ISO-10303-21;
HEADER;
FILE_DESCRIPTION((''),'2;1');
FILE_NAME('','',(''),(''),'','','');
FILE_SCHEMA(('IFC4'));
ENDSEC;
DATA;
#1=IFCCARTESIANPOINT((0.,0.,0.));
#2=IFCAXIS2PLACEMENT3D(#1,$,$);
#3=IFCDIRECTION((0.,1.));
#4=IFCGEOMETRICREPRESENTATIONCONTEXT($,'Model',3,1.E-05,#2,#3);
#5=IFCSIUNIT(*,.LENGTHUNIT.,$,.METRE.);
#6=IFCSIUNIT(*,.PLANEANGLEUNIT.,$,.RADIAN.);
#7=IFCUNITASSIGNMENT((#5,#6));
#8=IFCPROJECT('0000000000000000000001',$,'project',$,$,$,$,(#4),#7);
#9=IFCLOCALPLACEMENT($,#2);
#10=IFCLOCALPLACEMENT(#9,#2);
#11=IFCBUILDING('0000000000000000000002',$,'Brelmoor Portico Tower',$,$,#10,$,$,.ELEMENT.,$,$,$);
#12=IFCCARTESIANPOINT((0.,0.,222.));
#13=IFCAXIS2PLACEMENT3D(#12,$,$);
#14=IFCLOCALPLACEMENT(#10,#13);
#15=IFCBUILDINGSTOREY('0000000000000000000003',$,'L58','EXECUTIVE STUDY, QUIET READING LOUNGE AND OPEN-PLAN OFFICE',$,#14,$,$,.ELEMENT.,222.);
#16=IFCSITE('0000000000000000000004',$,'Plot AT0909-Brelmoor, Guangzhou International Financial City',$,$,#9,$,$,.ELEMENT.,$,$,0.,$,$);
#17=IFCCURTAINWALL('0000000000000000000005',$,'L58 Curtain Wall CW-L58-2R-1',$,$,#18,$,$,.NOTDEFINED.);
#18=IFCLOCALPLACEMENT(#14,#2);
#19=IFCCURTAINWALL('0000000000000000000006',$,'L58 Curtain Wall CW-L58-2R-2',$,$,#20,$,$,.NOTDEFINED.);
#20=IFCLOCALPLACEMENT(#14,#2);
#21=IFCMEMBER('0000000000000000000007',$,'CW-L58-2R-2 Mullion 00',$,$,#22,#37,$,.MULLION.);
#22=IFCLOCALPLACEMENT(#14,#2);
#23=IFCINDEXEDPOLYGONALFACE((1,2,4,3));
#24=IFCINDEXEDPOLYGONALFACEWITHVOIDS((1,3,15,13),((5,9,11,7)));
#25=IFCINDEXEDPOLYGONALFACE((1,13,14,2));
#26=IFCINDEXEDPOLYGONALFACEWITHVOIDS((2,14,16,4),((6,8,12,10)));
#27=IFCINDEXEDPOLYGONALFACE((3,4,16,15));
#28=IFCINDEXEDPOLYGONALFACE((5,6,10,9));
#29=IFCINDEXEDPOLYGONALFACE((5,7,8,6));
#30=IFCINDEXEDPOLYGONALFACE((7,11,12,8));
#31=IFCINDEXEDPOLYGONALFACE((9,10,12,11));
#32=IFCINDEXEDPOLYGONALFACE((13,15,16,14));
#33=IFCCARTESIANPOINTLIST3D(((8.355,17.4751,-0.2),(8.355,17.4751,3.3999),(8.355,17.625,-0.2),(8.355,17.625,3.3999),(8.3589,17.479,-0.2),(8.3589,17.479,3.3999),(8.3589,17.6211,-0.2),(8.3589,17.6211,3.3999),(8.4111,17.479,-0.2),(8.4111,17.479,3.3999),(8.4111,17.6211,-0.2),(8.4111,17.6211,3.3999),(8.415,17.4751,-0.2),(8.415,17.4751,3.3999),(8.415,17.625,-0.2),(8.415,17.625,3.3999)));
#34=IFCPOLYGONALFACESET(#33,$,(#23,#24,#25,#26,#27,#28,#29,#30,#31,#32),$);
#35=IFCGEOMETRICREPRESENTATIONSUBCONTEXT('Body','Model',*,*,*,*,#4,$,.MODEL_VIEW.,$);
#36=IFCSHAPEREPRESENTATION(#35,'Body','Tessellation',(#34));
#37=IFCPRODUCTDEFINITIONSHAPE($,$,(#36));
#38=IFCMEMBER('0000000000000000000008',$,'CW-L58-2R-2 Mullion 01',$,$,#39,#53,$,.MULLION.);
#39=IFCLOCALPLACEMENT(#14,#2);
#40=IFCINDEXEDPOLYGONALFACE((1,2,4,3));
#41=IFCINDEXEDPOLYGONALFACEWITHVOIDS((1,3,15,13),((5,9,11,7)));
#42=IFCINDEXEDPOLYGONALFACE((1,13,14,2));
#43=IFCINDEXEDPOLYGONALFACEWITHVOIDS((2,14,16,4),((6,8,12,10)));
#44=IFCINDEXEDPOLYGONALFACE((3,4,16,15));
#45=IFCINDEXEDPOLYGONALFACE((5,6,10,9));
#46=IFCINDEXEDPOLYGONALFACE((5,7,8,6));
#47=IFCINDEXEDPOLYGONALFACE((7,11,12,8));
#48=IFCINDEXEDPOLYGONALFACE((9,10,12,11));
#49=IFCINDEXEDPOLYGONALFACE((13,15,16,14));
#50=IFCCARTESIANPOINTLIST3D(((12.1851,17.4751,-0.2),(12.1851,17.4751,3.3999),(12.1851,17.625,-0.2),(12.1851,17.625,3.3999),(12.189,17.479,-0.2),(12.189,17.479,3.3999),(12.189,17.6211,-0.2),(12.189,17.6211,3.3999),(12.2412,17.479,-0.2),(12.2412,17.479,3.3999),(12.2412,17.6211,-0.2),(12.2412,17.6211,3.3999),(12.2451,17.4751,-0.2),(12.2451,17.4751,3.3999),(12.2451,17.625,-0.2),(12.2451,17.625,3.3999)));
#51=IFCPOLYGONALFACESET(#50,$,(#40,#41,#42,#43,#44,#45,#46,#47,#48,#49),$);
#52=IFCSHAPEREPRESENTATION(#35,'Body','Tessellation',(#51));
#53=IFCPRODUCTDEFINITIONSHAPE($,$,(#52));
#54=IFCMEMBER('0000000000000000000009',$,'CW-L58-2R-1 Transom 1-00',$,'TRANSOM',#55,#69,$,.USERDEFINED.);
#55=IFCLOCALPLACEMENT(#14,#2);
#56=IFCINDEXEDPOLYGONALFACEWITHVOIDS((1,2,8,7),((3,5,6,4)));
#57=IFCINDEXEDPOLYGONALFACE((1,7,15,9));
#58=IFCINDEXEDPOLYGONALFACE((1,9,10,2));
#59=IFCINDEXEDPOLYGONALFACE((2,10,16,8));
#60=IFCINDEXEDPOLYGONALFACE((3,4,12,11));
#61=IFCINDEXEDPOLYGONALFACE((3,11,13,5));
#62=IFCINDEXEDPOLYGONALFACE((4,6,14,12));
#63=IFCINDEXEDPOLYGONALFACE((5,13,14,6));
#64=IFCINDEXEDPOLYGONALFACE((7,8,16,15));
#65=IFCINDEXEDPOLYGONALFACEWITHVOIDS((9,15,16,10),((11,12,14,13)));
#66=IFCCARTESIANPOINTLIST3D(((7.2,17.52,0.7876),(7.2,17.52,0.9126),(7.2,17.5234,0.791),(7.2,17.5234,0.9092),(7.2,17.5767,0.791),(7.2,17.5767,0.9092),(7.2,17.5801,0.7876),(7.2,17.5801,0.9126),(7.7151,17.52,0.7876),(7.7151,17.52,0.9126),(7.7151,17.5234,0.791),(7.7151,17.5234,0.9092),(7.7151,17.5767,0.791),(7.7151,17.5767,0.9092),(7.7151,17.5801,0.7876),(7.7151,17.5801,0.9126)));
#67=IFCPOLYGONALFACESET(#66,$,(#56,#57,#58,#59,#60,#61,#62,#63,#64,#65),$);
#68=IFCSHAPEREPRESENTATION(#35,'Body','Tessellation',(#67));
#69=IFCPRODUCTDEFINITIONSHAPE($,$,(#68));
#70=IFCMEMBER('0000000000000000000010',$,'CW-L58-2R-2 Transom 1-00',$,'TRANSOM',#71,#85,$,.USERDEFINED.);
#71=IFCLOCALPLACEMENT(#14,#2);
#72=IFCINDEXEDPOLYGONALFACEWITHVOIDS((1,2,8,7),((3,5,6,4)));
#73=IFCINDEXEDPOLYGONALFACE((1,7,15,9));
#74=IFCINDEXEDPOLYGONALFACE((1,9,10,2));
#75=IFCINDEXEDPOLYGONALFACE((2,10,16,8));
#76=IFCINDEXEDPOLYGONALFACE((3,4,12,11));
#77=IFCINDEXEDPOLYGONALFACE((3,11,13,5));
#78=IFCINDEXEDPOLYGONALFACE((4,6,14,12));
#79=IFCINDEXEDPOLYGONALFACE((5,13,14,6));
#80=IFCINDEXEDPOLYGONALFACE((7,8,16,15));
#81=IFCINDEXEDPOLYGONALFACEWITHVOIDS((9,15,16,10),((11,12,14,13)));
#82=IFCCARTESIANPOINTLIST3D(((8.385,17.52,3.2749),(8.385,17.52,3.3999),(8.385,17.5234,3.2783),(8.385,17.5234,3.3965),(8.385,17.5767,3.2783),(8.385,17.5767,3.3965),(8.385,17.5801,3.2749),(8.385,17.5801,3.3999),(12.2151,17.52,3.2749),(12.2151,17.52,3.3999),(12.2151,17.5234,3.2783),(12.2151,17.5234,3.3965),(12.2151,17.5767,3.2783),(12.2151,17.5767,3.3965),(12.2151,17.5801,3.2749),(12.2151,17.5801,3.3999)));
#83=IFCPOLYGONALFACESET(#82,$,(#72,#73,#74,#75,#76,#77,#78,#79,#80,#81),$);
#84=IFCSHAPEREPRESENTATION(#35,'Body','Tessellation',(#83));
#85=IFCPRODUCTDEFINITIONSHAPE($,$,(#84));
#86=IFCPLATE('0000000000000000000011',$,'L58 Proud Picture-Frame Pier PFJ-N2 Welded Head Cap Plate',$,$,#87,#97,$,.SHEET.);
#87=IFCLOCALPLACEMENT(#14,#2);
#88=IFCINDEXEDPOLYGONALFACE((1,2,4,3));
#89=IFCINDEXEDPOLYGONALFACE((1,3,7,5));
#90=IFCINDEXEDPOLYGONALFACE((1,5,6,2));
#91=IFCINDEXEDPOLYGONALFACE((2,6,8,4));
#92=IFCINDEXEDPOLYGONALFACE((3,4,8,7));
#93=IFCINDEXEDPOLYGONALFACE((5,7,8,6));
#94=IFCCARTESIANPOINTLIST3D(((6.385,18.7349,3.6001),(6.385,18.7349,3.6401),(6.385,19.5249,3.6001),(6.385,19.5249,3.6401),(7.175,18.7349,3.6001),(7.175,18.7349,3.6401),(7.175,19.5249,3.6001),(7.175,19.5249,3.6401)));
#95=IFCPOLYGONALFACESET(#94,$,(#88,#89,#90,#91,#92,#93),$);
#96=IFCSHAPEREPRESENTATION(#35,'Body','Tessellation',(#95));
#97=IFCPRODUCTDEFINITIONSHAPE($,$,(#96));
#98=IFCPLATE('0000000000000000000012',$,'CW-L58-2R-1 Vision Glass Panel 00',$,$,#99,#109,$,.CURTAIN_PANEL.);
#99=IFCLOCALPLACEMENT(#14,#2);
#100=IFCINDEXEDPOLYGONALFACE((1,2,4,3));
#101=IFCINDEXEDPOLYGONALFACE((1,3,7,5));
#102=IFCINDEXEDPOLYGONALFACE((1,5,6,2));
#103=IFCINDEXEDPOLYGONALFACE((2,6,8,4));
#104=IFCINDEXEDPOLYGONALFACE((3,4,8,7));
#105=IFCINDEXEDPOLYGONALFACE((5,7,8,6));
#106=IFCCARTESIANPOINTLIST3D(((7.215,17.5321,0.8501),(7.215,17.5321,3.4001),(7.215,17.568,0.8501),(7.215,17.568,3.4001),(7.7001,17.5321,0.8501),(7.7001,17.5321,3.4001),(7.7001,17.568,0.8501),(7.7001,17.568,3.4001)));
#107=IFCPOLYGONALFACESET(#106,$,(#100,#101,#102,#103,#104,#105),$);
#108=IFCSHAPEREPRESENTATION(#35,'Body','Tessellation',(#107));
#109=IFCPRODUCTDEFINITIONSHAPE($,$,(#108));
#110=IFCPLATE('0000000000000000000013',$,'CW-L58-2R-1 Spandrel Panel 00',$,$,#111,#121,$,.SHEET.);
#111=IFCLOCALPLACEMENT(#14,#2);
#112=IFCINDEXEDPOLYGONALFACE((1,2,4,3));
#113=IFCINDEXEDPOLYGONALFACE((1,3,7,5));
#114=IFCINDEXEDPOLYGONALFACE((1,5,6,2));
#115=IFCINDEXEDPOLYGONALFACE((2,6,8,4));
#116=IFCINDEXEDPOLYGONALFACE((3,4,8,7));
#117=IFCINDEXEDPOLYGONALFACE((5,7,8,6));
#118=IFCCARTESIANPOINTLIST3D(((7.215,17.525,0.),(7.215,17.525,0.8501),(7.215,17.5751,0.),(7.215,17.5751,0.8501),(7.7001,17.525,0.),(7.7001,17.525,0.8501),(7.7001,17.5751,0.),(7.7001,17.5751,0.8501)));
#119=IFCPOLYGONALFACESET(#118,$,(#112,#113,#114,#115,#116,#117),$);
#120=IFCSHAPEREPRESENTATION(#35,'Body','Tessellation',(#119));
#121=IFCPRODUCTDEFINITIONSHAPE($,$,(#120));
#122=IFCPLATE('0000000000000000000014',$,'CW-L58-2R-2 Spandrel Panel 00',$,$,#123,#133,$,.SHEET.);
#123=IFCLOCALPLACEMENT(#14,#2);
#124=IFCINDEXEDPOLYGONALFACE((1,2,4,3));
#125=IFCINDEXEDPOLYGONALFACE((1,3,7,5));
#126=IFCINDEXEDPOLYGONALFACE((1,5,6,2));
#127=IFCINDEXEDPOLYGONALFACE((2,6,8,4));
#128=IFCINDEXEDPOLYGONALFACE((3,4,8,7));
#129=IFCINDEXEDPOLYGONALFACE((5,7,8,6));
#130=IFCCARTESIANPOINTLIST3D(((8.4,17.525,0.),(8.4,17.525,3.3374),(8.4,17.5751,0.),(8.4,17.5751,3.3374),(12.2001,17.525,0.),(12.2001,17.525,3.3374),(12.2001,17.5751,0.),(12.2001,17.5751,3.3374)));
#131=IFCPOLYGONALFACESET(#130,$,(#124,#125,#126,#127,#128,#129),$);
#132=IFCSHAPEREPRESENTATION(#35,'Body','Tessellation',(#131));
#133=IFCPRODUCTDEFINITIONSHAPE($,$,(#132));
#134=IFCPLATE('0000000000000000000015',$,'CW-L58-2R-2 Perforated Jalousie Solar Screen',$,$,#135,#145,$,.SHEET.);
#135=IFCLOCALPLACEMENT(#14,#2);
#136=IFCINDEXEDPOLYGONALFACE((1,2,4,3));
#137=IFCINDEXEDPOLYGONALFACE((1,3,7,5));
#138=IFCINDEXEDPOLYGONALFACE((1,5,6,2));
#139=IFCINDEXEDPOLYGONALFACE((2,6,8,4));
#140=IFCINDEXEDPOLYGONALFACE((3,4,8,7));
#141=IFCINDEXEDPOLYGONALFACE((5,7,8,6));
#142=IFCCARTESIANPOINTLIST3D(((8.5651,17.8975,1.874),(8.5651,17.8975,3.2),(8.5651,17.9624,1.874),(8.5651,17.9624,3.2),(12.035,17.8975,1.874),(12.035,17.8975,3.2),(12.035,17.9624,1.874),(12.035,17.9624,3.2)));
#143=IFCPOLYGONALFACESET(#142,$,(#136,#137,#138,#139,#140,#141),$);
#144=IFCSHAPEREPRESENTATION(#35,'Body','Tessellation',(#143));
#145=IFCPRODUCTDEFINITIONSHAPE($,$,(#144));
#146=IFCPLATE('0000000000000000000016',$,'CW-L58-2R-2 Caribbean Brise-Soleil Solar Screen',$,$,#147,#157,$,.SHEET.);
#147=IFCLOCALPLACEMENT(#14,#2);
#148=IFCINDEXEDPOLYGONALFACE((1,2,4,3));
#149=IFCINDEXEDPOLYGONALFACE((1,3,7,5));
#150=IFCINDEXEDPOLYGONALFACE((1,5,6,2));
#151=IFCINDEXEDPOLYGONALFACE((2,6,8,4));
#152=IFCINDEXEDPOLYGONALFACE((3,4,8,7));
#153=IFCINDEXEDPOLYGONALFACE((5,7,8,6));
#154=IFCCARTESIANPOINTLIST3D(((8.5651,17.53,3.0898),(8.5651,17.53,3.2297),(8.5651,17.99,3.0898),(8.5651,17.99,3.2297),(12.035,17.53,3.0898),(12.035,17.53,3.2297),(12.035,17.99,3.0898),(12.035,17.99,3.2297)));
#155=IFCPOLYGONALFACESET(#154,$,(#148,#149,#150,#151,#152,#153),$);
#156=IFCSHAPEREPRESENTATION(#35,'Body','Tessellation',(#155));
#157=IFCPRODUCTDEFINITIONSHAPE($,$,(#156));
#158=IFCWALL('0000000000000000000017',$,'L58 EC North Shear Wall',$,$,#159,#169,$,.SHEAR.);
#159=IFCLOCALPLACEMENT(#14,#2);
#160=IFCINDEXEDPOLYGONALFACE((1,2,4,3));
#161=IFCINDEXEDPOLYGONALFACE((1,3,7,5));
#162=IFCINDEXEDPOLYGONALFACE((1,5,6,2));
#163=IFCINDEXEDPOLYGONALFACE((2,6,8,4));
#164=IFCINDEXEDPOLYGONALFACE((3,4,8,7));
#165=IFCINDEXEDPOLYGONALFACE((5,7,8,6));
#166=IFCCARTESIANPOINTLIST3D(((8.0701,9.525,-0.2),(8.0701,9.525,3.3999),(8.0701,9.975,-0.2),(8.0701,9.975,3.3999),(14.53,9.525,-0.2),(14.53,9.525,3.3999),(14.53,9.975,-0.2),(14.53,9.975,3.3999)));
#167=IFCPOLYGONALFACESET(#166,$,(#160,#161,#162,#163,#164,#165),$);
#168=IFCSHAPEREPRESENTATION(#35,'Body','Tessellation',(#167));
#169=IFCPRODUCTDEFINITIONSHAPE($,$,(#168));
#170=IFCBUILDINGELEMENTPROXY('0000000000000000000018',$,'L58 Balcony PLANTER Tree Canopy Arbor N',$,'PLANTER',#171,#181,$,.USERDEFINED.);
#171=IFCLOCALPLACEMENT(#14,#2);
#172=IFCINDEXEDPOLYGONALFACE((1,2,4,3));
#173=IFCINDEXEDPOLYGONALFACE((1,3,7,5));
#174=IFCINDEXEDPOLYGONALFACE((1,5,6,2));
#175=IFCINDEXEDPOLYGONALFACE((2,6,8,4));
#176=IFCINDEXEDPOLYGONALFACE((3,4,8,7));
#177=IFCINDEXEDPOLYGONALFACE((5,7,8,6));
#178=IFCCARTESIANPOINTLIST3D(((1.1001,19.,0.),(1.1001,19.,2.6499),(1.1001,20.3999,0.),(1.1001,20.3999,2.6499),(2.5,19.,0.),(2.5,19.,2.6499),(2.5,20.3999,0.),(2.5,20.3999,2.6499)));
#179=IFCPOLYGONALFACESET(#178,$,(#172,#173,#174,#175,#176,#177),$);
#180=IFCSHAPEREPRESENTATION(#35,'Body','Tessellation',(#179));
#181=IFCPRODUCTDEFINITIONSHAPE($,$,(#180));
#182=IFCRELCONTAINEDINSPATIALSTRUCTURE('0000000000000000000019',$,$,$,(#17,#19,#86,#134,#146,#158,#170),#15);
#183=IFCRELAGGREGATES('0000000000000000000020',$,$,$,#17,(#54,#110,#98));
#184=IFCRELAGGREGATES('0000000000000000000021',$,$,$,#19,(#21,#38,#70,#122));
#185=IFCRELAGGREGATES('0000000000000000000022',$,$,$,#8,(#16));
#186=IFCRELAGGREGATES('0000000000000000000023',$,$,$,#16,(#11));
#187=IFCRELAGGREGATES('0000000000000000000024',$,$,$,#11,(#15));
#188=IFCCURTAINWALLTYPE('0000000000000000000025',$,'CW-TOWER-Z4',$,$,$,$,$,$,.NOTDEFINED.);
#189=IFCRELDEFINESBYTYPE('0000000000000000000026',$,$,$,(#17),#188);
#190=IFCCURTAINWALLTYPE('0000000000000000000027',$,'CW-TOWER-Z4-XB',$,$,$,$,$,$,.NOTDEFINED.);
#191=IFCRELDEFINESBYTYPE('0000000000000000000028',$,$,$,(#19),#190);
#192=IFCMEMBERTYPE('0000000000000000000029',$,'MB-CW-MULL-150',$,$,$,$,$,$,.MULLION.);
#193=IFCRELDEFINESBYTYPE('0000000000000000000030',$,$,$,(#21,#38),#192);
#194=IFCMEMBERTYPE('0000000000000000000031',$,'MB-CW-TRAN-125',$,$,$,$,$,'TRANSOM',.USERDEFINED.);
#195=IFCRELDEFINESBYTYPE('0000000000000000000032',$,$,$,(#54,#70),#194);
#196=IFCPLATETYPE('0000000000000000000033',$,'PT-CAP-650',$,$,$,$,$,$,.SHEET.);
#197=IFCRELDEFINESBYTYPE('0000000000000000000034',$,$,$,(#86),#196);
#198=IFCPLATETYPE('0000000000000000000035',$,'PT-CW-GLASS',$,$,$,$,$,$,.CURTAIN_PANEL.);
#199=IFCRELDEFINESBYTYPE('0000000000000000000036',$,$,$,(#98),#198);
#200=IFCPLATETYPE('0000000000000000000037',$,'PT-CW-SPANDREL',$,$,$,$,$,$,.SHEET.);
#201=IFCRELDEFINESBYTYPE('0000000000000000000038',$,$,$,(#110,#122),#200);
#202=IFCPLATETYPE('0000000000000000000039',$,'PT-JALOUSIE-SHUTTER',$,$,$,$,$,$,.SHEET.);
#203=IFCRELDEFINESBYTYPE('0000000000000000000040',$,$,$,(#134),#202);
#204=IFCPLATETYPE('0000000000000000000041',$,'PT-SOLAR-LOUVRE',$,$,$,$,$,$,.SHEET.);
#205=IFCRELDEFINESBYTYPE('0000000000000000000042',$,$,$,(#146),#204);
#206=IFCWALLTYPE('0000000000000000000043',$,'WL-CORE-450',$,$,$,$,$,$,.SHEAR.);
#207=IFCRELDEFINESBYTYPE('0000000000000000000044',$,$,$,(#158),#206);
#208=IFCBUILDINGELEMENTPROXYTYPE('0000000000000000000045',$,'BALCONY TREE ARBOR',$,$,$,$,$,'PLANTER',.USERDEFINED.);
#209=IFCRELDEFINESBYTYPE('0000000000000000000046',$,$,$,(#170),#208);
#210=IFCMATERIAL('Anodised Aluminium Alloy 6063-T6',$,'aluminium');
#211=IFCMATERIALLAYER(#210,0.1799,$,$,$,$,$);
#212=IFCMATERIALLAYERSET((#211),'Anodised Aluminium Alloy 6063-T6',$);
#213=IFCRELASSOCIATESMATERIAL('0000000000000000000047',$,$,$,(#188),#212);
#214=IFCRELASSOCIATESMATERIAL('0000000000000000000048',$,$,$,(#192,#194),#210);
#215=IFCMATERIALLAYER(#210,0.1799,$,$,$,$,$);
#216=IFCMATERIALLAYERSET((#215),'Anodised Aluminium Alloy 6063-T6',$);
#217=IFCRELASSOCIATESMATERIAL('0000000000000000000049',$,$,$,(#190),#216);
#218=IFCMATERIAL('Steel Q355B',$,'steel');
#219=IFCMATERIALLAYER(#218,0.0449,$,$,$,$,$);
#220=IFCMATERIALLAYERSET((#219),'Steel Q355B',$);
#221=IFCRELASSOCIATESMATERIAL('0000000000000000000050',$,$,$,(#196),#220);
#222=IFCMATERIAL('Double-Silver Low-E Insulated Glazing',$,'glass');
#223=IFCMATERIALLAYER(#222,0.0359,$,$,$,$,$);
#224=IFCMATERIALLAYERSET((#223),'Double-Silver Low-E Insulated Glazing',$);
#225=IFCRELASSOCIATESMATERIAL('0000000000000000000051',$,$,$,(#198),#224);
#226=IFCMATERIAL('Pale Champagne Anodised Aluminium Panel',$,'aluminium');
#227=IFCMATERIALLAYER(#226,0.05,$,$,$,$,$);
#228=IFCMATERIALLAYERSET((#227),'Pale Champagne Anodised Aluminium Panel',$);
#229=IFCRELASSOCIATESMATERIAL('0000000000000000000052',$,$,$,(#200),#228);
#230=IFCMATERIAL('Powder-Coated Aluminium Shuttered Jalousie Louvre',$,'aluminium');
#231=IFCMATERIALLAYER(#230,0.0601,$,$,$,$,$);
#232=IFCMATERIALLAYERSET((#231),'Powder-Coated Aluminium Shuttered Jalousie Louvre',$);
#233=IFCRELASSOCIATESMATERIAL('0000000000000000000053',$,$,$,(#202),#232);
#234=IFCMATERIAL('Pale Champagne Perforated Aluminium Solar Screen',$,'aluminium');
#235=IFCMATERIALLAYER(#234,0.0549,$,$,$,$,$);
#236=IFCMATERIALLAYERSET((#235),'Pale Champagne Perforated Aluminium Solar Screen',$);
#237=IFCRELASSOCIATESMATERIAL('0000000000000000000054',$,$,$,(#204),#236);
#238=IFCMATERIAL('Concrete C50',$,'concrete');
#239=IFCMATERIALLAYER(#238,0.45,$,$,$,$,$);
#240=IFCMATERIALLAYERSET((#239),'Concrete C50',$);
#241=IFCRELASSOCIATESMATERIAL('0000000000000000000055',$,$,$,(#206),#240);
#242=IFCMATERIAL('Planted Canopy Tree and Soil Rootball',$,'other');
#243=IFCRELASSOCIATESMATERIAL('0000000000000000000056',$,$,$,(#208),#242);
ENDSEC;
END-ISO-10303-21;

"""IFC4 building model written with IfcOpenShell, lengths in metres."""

from ifc_helpers import new_model, si_unit, direction, frame, frame_2d, origin, origin_2d, place, context, subcontext, project, spatial, rectangle, hollow_rectangle, extrude, material, layer, layer_set, material_profile, profile_set, type_object, element, aggregate, save


model = new_model("IFC4")

# Units and contexts
model_context = context("Model", 3, precision=1e-05, world=origin(), true_north=direction((0.0, 1.0)))
body_context = subcontext(model_context, "Body", "Model", "MODEL_VIEW")
ifc_project = project(units=[si_unit("LENGTHUNIT", "METRE"), si_unit("PLANEANGLEUNIT", "RADIAN")], contexts=[model_context])

# Site, building, storey
site_placement = place(None, origin())
site = spatial("IfcSite", under=ifc_project, at=site_placement, Name="Plot AT0909-Brelmoor, Guangzhou International Financial City", CompositionType="ELEMENT", RefElevation=0.0)
building_placement = place(site_placement, origin())
building = spatial("IfcBuilding", under=site, at=building_placement, Name="Brelmoor Portico Tower", CompositionType="ELEMENT")
storey_placement = place(building_placement, frame((0.0, 0.0, 222.0)))
storey = spatial("IfcBuildingStorey", under=building, at=storey_placement, Name="L58", Description="EXECUTIVE STUDY, QUIET READING LOUNGE AND OPEN-PLAN OFFICE", CompositionType="ELEMENT", Elevation=222.0)

# Shared definitions
ifc_material_1 = material(Name="Steel Q355B", Category="steel")

# Curtain walls, members
ifc_material_2 = material(Name="Anodised Aluminium Alloy 6063-T6", Category="aluminium")
ifc_layer_1 = layer(ifc_material_2, 0.1799)
ifc_layer_set_1 = layer_set([ifc_layer_1], Name="Anodised Aluminium Alloy 6063-T6")
curtain_wall_type_1 = type_object("IfcCurtainWallType", Name="CW-TOWER-Z4", PredefinedType="NOTDEFINED", material=ifc_layer_set_1)
curtain_wall_1_placement = place(storey_placement, origin())
curtain_wall_1 = element("IfcCurtainWall", 1, at=curtain_wall_1_placement, inside=storey, type_object=curtain_wall_type_1, Name="L58 Curtain Wall CW-L58-2R-1", PredefinedType="NOTDEFINED")
ifc_material_profile_1 = material_profile(ifc_material_2, hollow_rectangle(XDim=0.0601, YDim=0.1499, WallThickness=0.0039, at=origin_2d()), Name="ALU MULLION 60x150")
ifc_profile_set_1 = profile_set([ifc_material_profile_1], Name="Anodised Aluminium Alloy 6063-T6")
member_type_1 = type_object("IfcMemberType", Name="MB-CW-MULL-150", PredefinedType="MULLION", material=ifc_profile_set_1)
ifc_layer_2 = layer(ifc_material_2, 0.1799)
ifc_layer_set_2 = layer_set([ifc_layer_2], Name="Anodised Aluminium Alloy 6063-T6")
curtain_wall_type_2 = type_object("IfcCurtainWallType", Name="CW-TOWER-Z4-XB", PredefinedType="NOTDEFINED", material=ifc_layer_set_2)
curtain_wall_2_placement = place(storey_placement, origin())
curtain_wall_2 = element("IfcCurtainWall", 2, at=curtain_wall_2_placement, inside=storey, type_object=curtain_wall_type_2, Name="L58 Curtain Wall CW-L58-2R-2", PredefinedType="NOTDEFINED")
member_1_placement = place(storey_placement, frame((8.385, 17.55, -0.2), z_axis=(0.0, 0.0, 1.0), x_axis=(1.0, 0.0, 0.0)))
member_1 = element("IfcMember", 3, at=member_1_placement, type_object=member_type_1, Name="CW-L58-2R-2 Mullion 00", PredefinedType="MULLION", context=body_context, shape_type="SweptSolid", body=[
    extrude(hollow_rectangle(XDim=0.0601, YDim=0.1499, WallThickness=0.0039, at=origin_2d()), origin(), (0.0, 0.0, 1.0), 3.5999),
])
member_2_placement = place(storey_placement, frame((12.2151, 17.55, -0.2), z_axis=(0.0, 0.0, 1.0), x_axis=(1.0, 0.0, 0.0)))
member_2 = element("IfcMember", 4, at=member_2_placement, type_object=member_type_1, Name="CW-L58-2R-2 Mullion 01", PredefinedType="MULLION", context=body_context, shape_type="SweptSolid", body=[
    extrude(hollow_rectangle(XDim=0.0601, YDim=0.1499, WallThickness=0.0039, at=origin_2d()), origin(), (0.0, 0.0, 1.0), 3.5999),
])

# Members
ifc_material_profile_2 = material_profile(ifc_material_2, hollow_rectangle(XDim=0.0601, YDim=0.125, WallThickness=0.0034, at=origin_2d()), Name="ALU TRANSOM 60x125")
ifc_profile_set_2 = profile_set([ifc_material_profile_2], Name="Anodised Aluminium Alloy 6063-T6")
member_type_2 = type_object("IfcMemberType", Name="MB-CW-TRAN-125", ElementType="TRANSOM", PredefinedType="USERDEFINED", material=ifc_profile_set_2)
member_3_placement = place(storey_placement, frame((7.2, 17.55, 0.8501), z_axis=(1.0, 0.0, 0.0), x_axis=(0.0, 1.0, 0.0)))
member_3 = element("IfcMember", 5, at=member_3_placement, type_object=member_type_2, Name="CW-L58-2R-1 Transom 1-00", ObjectType="TRANSOM", PredefinedType="USERDEFINED", context=body_context, shape_type="SweptSolid", body=[
    extrude(hollow_rectangle(XDim=0.0601, YDim=0.125, WallThickness=0.0034, at=origin_2d()), origin(), (0.0, 0.0, 1.0), 0.5151),
])
member_4_placement = place(storey_placement, frame((8.385, 17.55, 3.3374), z_axis=(1.0, 0.0, 0.0), x_axis=(0.0, 1.0, 0.0)))
member_4 = element("IfcMember", 6, at=member_4_placement, type_object=member_type_2, Name="CW-L58-2R-2 Transom 1-00", ObjectType="TRANSOM", PredefinedType="USERDEFINED", context=body_context, shape_type="SweptSolid", body=[
    extrude(hollow_rectangle(XDim=0.0601, YDim=0.125, WallThickness=0.0034, at=origin_2d()), origin(), (0.0, 0.0, 1.0), 3.8301),
])

# Plates
ifc_layer_3 = layer(ifc_material_1, 0.0449)
ifc_layer_set_3 = layer_set([ifc_layer_3], Name="Steel Q355B")
plate_type_1 = type_object("IfcPlateType", Name="PT-CAP-650", PredefinedType="SHEET", material=ifc_layer_set_3)
plate_1_placement = place(storey_placement, frame((6.78, 19.1299, 3.6001), z_axis=(0.0, 0.0, 1.0), x_axis=(1.0, 0.0, 0.0)))
element("IfcPlate", 7, at=plate_1_placement, inside=storey, type_object=plate_type_1, Name="L58 Proud Picture-Frame Pier PFJ-N2 Welded Head Cap Plate", PredefinedType="SHEET", context=body_context, shape_type="SweptSolid", body=[
    extrude(rectangle(XDim=0.79, YDim=0.79, at=origin_2d()), origin(), (0.0, 0.0, 1.0), 0.04),
])
ifc_material_3 = material(Name="Double-Silver Low-E Insulated Glazing", Category="glass")
ifc_layer_4 = layer(ifc_material_3, 0.0359)
ifc_layer_set_4 = layer_set([ifc_layer_4], Name="Double-Silver Low-E Insulated Glazing")
plate_type_2 = type_object("IfcPlateType", Name="PT-CW-GLASS", PredefinedType="CURTAIN_PANEL", material=ifc_layer_set_4)
plate_2_placement = place(storey_placement, frame((7.4575, 17.55, 0.8501), z_axis=(0.0, 0.0, 1.0), x_axis=(1.0, 0.0, 0.0)))
plate_2 = element("IfcPlate", 8, at=plate_2_placement, type_object=plate_type_2, Name="CW-L58-2R-1 Vision Glass Panel 00", PredefinedType="CURTAIN_PANEL", context=body_context, shape_type="SweptSolid", body=[
    extrude(rectangle(XDim=0.4851, YDim=0.0359, at=origin_2d()), origin(), (0.0, 0.0, 1.0), 2.55),
])
ifc_material_4 = material(Name="Pale Champagne Anodised Aluminium Panel", Category="aluminium")
ifc_layer_5 = layer(ifc_material_4, 0.05)
ifc_layer_set_5 = layer_set([ifc_layer_5], Name="Pale Champagne Anodised Aluminium Panel")
plate_type_3 = type_object("IfcPlateType", Name="PT-CW-SPANDREL", PredefinedType="SHEET", material=ifc_layer_set_5)
plate_3_placement = place(storey_placement, frame((7.4575, 17.55, 0.0), z_axis=(0.0, 0.0, 1.0), x_axis=(1.0, 0.0, 0.0)))
plate_3 = element("IfcPlate", 9, at=plate_3_placement, type_object=plate_type_3, Name="CW-L58-2R-1 Spandrel Panel 00", PredefinedType="SHEET", context=body_context, shape_type="SweptSolid", body=[
    extrude(rectangle(XDim=0.4851, YDim=0.05, at=origin_2d()), origin(), (0.0, 0.0, 1.0), 0.8501),
])
aggregate(curtain_wall_1, [member_3, plate_3, plate_2])
plate_4_placement = place(storey_placement, frame((10.3, 17.55, 0.0), z_axis=(0.0, 0.0, 1.0), x_axis=(1.0, 0.0, 0.0)))
plate_4 = element("IfcPlate", 10, at=plate_4_placement, type_object=plate_type_3, Name="CW-L58-2R-2 Spandrel Panel 00", PredefinedType="SHEET", context=body_context, shape_type="SweptSolid", body=[
    extrude(rectangle(XDim=3.8, YDim=0.05, at=origin_2d()), origin(), (0.0, 0.0, 1.0), 3.3374),
])
aggregate(curtain_wall_2, [member_1, member_2, member_4, plate_4])

# Plates
ifc_material_5 = material(Name="Powder-Coated Aluminium Shuttered Jalousie Louvre", Category="aluminium")
ifc_layer_6 = layer(ifc_material_5, 0.0601)
ifc_layer_set_6 = layer_set([ifc_layer_6], Name="Powder-Coated Aluminium Shuttered Jalousie Louvre")
plate_type_4 = type_object("IfcPlateType", Name="PT-JALOUSIE-SHUTTER", PredefinedType="SHEET", material=ifc_layer_set_6)
plate_5_placement = place(storey_placement, frame((10.3, 17.9299, 1.874), z_axis=(0.0, 0.0, 1.0), x_axis=(1.0, 0.0, 0.0)))
element("IfcPlate", 11, at=plate_5_placement, inside=storey, type_object=plate_type_4, Name="CW-L58-2R-2 Perforated Jalousie Solar Screen", PredefinedType="SHEET", context=body_context, shape_type="SweptSolid", body=[
    extrude(rectangle(XDim=3.47, YDim=0.0649, at=origin_2d()), origin(), (0.0, 0.0, 1.0), 1.3259),
])
ifc_material_6 = material(Name="Pale Champagne Perforated Aluminium Solar Screen", Category="aluminium")
ifc_layer_7 = layer(ifc_material_6, 0.0549)
ifc_layer_set_7 = layer_set([ifc_layer_7], Name="Pale Champagne Perforated Aluminium Solar Screen")
plate_type_5 = type_object("IfcPlateType", Name="PT-SOLAR-LOUVRE", PredefinedType="SHEET", material=ifc_layer_set_7)
plate_6_placement = place(storey_placement, frame((10.3, 17.76, 3.0898), z_axis=(0.0, 0.0, 1.0), x_axis=(1.0, 0.0, 0.0)))
element("IfcPlate", 12, at=plate_6_placement, inside=storey, type_object=plate_type_5, Name="CW-L58-2R-2 Caribbean Brise-Soleil Solar Screen", PredefinedType="SHEET", context=body_context, shape_type="SweptSolid", body=[
    extrude(rectangle(XDim=3.47, YDim=0.46, at=origin_2d()), origin(), (0.0, 0.0, 1.0), 0.1399),
])

# Wall
ifc_material_7 = material(Name="Concrete C50", Category="concrete")
ifc_layer_8 = layer(ifc_material_7, 0.45)
ifc_layer_set_8 = layer_set([ifc_layer_8], Name="Concrete C50")
wall_type = type_object("IfcWallType", Name="WL-CORE-450", PredefinedType="SHEAR", material=ifc_layer_set_8)
wall_placement = place(storey_placement, frame((8.0701, 9.75, -0.2), z_axis=(0.0, 0.0, 1.0), x_axis=(1.0, 0.0, 0.0)))
element("IfcWall", 13, at=wall_placement, inside=storey, type_object=wall_type, Name="L58 EC North Shear Wall", PredefinedType="SHEAR", context=body_context, shape_type="SweptSolid", body=[
    extrude(rectangle(XDim=6.46, YDim=0.45, at=frame_2d((3.23, 0.0))), origin(), (0.0, 0.0, 1.0), 3.5999),
])

# Building element proxy
ifc_material_8 = material(Name="Planted Canopy Tree and Soil Rootball", Category="other")
building_element_proxy_type_1 = type_object("IfcBuildingElementProxyType", Name="BALCONY TREE ARBOR", ElementType="PLANTER", PredefinedType="USERDEFINED", material=ifc_material_8)
proxy_1_placement = place(storey_placement, frame((1.8, 19.7, 0.0), z_axis=(0.0, 0.0, 1.0), x_axis=(1.0, 0.0, 0.0)))
element("IfcBuildingElementProxy", 14, at=proxy_1_placement, inside=storey, type_object=building_element_proxy_type_1, Name="L58 Balcony PLANTER Tree Canopy Arbor N", ObjectType="PLANTER", PredefinedType="USERDEFINED", context=body_context, shape_type="SweptSolid", body=[
    extrude(rectangle(XDim=1.3999, YDim=1.3999, at=origin_2d()), origin(), (0.0, 0.0, 1.0), 2.6499),
])

save(model, "model.ifc")
